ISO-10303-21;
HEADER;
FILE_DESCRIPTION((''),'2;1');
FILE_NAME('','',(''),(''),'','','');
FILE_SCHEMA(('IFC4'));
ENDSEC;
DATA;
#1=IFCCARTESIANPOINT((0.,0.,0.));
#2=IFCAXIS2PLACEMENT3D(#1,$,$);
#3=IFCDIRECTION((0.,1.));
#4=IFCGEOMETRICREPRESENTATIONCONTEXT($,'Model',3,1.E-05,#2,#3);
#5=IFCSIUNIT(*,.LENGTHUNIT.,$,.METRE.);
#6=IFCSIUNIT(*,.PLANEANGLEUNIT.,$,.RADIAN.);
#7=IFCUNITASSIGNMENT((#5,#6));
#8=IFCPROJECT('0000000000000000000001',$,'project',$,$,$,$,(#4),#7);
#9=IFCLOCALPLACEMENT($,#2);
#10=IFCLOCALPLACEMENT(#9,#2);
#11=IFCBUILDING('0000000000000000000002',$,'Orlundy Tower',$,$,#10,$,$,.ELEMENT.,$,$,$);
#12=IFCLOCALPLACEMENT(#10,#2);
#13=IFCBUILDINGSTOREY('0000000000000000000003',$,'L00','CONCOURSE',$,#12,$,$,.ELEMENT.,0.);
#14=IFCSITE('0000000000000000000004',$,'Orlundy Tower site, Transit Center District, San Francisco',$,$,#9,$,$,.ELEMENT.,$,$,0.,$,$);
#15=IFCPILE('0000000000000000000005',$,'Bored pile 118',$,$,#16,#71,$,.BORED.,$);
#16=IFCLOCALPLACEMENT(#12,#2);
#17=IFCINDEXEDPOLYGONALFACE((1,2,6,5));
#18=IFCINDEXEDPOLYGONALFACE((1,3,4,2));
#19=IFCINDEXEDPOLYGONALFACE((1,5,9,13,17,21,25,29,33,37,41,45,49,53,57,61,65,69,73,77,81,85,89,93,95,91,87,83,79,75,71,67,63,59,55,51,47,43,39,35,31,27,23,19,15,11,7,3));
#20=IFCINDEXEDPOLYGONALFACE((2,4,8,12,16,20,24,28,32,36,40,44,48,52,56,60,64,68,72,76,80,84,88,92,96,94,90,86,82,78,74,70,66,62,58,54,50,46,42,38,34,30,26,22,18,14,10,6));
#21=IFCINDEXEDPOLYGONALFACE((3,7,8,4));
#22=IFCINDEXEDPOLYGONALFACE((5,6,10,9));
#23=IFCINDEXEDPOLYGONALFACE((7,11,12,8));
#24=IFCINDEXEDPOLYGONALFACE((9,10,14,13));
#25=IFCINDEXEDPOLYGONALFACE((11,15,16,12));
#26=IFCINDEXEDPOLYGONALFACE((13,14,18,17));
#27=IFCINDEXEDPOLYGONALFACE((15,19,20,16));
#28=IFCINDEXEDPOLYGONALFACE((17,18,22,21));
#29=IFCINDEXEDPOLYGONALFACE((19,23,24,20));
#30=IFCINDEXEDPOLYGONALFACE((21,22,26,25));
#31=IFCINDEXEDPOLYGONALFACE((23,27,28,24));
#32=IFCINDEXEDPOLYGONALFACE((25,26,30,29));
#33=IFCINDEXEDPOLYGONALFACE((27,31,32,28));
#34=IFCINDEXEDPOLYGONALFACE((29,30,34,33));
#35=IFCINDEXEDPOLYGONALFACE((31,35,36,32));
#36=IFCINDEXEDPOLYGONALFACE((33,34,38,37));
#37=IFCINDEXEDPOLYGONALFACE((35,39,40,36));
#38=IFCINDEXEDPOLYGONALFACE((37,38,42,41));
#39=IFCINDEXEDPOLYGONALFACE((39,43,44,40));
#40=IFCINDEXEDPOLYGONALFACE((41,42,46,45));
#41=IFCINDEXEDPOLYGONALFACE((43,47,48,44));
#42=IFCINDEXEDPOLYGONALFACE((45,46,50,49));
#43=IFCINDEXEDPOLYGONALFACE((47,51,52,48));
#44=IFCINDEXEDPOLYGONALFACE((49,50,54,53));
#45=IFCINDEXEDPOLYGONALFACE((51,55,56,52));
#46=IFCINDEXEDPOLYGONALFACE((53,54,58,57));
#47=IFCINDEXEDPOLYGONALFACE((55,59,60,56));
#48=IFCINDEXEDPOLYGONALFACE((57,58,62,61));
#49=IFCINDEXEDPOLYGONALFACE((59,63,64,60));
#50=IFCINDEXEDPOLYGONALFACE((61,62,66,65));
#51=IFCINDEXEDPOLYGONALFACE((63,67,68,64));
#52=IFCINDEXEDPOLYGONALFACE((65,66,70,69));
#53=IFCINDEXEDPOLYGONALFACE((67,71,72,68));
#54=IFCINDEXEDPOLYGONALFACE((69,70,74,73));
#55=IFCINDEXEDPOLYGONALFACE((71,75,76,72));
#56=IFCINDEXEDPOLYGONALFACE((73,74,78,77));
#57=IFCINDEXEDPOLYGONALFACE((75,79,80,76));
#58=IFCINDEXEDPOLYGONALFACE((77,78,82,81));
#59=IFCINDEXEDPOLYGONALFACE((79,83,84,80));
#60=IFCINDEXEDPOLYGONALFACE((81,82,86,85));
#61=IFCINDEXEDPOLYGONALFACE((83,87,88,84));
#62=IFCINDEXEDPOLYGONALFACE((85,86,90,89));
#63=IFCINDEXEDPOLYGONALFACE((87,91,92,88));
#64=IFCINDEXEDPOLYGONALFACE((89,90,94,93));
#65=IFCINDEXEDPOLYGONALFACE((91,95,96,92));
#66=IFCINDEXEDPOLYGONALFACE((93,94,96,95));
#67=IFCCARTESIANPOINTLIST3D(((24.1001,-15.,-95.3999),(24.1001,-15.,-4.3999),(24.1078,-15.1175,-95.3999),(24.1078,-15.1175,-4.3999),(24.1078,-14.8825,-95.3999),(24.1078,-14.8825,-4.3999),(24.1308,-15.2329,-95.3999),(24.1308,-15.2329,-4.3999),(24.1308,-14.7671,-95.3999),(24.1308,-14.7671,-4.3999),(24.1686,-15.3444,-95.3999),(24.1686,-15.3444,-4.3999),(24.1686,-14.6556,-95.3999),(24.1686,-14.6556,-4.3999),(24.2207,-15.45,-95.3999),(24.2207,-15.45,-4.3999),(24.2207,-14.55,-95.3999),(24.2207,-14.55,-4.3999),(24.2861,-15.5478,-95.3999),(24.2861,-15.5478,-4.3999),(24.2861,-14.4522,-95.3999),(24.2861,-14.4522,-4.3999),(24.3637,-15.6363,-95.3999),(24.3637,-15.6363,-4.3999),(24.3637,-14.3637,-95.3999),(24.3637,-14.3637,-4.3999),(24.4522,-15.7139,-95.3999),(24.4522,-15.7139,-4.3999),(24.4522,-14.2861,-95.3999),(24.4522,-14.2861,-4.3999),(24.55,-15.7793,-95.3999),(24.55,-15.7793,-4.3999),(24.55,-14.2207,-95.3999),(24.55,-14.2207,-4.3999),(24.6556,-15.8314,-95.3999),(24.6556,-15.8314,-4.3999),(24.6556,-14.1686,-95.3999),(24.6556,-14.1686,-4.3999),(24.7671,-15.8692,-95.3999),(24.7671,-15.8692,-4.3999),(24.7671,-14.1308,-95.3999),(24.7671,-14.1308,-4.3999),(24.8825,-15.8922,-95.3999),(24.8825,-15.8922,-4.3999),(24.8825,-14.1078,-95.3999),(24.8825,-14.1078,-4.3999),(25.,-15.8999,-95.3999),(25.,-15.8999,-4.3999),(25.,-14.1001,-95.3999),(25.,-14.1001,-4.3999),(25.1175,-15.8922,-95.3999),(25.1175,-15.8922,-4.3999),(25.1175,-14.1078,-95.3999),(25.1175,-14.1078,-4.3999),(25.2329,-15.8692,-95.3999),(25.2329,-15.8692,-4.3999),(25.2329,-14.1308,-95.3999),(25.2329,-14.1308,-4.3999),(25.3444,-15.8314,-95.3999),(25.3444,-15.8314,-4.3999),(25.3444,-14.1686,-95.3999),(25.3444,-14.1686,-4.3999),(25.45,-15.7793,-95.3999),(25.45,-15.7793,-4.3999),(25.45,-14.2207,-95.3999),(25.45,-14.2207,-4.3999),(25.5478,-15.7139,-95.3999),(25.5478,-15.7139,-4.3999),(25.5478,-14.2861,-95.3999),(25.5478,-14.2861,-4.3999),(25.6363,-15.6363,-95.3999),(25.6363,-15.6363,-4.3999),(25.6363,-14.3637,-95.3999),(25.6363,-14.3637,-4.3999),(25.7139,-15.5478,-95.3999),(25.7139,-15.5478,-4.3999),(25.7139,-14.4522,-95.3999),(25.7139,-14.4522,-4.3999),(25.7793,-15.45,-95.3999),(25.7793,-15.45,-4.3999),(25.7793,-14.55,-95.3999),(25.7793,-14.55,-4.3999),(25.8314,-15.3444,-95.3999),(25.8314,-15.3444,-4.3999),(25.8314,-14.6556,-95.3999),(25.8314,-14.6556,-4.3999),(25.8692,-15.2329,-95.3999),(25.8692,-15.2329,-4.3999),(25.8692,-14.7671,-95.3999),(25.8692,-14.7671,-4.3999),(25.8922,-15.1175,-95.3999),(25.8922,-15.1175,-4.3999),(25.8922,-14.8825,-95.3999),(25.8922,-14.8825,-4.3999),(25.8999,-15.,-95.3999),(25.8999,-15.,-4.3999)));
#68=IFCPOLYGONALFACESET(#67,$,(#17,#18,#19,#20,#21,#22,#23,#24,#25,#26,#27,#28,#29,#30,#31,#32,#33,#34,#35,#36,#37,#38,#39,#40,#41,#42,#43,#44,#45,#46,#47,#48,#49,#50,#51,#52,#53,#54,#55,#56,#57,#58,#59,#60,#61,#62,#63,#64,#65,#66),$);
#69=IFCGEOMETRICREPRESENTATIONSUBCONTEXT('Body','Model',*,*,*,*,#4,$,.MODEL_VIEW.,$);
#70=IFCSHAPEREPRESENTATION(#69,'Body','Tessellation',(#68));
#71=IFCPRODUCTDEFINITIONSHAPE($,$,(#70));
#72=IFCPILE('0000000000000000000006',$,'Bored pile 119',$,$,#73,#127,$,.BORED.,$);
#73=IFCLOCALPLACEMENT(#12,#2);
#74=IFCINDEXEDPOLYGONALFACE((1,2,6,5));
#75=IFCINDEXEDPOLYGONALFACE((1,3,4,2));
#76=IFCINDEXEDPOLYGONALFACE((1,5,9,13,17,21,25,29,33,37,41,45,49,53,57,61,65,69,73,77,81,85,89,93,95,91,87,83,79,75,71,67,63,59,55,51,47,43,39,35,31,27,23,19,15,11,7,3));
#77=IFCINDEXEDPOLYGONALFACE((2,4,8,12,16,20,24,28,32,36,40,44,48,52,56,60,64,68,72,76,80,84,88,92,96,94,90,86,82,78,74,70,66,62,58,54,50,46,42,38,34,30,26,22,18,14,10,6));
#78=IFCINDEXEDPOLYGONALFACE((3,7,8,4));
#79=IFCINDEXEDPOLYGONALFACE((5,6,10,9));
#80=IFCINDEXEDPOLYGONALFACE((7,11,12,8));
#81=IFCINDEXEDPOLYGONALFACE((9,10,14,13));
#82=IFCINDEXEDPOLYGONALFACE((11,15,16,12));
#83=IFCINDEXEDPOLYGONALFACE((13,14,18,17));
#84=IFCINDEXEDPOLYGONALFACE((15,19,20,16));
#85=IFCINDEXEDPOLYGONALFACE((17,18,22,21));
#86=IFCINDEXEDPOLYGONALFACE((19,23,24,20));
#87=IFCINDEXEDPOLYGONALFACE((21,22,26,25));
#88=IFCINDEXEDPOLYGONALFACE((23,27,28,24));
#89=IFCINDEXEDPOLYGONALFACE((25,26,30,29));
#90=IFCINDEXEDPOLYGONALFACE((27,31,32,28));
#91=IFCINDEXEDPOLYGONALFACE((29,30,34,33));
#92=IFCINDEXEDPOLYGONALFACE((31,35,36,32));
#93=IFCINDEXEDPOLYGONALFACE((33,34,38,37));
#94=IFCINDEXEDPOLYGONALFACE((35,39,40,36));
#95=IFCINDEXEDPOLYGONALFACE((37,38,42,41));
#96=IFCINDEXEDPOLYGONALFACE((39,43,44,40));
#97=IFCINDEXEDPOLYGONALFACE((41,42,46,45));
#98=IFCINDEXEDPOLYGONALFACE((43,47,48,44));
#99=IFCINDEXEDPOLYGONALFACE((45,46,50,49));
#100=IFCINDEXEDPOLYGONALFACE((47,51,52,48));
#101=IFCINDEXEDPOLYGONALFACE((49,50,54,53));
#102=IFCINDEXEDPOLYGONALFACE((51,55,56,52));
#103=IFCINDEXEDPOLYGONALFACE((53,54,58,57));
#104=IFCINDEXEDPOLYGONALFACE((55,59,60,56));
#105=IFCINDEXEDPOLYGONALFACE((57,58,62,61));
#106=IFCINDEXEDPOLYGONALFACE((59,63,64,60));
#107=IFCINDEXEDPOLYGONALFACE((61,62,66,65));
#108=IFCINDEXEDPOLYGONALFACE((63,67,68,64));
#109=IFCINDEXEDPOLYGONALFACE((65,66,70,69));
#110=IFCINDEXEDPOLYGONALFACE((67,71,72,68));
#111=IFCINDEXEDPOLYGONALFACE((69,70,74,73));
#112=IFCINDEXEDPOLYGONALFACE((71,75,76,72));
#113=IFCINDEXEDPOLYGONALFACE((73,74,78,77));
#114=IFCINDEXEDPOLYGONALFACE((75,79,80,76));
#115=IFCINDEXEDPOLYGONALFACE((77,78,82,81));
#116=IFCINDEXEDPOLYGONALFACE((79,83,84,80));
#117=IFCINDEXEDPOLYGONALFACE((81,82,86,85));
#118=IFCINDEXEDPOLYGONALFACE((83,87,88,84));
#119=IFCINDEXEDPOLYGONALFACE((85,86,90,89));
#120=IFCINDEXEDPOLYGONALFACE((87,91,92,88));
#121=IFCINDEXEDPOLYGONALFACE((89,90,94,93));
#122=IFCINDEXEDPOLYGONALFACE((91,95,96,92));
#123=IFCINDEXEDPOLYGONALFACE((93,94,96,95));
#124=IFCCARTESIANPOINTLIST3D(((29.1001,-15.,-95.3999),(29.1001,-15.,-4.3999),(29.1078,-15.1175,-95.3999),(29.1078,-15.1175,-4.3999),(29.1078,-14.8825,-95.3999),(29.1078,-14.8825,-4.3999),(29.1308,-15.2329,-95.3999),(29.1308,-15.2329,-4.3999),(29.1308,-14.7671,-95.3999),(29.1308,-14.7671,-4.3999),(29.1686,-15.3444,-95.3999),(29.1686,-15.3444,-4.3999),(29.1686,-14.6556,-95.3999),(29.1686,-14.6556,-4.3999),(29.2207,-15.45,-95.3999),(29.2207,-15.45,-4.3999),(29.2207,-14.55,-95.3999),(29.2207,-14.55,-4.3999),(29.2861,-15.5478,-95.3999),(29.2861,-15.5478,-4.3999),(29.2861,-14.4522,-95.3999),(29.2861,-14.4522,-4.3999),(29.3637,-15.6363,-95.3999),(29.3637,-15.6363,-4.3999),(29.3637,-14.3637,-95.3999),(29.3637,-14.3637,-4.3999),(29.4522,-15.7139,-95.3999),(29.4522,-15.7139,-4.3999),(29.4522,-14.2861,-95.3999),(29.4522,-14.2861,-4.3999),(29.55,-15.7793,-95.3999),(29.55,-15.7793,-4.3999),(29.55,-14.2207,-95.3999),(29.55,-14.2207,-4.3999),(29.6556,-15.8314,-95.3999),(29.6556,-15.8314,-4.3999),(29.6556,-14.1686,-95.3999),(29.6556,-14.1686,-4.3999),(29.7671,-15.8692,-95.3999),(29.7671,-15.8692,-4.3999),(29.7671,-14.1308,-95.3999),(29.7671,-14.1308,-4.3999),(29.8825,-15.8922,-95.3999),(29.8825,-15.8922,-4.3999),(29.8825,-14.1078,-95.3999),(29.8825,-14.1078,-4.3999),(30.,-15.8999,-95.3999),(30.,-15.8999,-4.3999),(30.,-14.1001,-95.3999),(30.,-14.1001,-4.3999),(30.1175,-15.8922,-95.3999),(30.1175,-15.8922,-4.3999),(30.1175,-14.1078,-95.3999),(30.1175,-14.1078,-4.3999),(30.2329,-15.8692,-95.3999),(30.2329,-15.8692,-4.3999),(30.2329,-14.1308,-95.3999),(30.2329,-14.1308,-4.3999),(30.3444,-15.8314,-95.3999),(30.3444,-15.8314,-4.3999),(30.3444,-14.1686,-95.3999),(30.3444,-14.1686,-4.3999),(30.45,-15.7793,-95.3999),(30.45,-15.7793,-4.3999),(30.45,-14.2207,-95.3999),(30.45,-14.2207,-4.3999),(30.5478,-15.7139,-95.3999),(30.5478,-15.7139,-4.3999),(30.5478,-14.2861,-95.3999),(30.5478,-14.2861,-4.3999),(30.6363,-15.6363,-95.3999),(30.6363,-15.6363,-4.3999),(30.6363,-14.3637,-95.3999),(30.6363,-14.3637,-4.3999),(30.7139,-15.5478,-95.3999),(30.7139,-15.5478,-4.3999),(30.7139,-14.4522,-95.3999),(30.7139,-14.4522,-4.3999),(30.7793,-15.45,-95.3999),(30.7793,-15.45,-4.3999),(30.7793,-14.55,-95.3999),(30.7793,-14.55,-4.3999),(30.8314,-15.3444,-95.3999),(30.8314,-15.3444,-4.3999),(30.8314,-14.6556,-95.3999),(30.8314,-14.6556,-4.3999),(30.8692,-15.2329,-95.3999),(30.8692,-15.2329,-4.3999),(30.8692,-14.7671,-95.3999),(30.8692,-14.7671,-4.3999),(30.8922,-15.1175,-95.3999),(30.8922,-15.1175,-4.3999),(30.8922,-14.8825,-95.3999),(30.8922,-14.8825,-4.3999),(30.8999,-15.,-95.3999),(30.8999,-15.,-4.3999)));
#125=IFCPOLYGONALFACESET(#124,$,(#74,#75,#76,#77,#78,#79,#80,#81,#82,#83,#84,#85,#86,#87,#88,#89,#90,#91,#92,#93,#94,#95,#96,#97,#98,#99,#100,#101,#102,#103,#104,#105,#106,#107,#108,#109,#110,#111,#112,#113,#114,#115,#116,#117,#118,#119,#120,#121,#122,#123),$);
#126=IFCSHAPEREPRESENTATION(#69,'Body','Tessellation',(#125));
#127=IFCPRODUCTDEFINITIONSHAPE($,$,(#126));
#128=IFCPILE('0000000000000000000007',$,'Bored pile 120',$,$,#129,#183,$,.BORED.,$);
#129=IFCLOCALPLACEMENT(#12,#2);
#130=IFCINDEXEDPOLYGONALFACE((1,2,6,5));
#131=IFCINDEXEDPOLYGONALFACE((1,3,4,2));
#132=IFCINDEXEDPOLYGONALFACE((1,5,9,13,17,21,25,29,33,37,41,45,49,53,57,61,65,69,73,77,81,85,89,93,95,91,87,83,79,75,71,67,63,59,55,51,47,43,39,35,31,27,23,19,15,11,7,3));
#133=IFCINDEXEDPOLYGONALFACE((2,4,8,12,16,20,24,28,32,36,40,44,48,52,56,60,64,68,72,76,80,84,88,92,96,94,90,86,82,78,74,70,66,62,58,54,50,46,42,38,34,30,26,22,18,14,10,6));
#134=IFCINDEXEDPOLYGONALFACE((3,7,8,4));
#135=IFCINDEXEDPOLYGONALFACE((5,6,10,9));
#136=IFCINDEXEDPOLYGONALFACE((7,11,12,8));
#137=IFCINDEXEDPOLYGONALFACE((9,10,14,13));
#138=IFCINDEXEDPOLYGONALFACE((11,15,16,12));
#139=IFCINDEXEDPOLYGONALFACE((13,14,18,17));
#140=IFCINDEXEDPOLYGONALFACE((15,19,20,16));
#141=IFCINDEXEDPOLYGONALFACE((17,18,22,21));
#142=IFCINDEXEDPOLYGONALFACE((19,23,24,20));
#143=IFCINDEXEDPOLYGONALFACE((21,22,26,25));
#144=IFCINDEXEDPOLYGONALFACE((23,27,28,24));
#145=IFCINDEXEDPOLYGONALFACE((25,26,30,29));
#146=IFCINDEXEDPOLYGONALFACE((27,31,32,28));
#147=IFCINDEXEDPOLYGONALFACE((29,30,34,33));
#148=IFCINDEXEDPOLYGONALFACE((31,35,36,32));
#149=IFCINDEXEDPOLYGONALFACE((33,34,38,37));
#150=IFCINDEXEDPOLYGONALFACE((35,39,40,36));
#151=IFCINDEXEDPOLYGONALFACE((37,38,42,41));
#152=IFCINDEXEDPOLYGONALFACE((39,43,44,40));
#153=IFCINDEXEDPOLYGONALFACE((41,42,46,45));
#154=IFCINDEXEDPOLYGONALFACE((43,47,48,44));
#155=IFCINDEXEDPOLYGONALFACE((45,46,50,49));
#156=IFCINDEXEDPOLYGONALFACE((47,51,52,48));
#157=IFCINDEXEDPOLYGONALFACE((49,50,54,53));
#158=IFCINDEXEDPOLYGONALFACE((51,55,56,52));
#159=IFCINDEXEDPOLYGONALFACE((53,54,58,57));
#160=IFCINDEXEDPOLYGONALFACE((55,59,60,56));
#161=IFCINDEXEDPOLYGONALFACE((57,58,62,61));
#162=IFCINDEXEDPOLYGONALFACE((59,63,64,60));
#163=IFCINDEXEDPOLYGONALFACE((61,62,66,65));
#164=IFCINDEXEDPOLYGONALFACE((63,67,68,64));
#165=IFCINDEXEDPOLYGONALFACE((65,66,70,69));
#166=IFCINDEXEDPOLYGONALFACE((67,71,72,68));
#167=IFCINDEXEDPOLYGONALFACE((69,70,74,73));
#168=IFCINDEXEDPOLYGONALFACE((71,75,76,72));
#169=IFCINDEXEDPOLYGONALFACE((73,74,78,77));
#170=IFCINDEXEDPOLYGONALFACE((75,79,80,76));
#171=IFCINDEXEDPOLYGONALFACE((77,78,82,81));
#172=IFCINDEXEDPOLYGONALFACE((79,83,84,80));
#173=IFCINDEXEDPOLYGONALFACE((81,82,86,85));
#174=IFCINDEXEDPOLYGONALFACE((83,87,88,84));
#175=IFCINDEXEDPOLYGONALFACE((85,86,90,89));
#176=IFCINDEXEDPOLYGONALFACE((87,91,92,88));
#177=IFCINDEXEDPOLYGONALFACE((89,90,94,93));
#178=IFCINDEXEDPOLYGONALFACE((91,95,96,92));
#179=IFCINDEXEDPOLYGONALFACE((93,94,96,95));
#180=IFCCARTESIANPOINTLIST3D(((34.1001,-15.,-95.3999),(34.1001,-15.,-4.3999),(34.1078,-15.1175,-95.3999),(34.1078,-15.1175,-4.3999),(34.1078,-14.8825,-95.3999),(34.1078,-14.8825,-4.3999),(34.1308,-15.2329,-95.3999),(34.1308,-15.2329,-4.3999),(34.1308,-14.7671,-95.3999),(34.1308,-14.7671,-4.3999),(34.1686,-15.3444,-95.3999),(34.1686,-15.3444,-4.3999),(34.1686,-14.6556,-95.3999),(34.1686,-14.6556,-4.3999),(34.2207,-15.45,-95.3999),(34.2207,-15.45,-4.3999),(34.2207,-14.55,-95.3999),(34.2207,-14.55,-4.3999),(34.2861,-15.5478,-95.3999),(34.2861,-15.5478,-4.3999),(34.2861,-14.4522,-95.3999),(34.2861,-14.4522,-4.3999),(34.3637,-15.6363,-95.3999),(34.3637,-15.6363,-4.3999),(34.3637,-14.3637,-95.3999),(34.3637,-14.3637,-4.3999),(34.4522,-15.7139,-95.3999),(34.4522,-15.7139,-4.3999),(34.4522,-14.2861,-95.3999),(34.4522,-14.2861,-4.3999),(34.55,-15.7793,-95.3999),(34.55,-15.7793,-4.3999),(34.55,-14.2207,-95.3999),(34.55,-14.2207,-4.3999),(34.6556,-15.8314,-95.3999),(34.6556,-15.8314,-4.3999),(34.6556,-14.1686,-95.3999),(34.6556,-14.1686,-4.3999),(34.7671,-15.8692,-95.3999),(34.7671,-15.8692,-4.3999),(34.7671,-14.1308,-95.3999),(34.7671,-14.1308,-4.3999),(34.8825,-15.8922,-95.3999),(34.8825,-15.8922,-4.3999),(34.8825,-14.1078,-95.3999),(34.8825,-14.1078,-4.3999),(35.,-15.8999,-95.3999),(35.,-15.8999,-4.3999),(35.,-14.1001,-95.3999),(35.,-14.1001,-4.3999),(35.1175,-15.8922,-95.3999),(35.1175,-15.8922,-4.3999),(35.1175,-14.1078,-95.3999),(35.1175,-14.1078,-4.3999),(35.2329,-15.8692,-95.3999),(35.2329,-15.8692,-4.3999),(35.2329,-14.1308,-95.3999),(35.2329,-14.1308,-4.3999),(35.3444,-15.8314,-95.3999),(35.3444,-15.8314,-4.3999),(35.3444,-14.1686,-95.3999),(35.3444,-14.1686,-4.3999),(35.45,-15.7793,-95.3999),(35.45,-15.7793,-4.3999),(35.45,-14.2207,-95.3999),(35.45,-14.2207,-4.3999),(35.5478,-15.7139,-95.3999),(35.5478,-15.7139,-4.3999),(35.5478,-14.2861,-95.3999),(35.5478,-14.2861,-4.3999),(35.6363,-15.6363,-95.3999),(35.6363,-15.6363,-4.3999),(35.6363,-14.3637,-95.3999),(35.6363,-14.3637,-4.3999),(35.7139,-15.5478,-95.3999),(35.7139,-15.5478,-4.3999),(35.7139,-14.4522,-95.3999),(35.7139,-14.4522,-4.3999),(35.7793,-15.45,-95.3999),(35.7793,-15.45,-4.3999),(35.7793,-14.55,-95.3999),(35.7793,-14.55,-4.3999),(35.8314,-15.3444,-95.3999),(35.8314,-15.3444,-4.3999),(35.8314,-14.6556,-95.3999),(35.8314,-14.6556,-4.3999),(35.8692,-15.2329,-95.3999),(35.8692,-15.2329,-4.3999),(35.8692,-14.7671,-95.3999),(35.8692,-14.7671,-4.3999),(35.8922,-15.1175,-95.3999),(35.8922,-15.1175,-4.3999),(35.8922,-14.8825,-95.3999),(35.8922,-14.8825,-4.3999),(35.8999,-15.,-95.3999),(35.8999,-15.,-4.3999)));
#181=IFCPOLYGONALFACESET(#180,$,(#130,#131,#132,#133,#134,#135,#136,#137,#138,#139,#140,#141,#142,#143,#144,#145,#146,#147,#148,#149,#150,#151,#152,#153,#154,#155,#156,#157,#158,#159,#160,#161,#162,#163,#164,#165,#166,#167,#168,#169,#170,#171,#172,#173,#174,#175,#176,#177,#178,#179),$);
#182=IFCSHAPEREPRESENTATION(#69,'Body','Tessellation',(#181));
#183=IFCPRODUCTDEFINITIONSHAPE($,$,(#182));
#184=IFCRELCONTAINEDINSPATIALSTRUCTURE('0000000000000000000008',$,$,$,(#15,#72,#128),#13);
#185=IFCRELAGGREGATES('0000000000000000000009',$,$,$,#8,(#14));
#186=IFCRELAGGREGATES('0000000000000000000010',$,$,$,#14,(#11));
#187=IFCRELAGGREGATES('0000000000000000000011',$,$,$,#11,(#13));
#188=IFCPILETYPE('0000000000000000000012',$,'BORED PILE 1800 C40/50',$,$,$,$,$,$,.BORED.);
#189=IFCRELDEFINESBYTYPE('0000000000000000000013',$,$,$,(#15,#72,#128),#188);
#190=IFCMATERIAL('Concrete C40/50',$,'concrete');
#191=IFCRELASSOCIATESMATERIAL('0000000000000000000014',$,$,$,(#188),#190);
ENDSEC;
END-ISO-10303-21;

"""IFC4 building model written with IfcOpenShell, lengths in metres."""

from ifc_helpers import new_model, si_unit, direction, frame, origin, origin_2d, place, context, subcontext, project, spatial, circle, extrude, material, material_profile, profile_set, type_object, element, save


model = new_model("IFC4")

# Units and contexts
model_context = context("Model", 3, precision=1e-05, world=origin(), true_north=direction((0.0, 1.0)))
body_context = subcontext(model_context, "Body", "Model", "MODEL_VIEW")
ifc_project = project(units=[si_unit("LENGTHUNIT", "METRE"), si_unit("PLANEANGLEUNIT", "RADIAN")], contexts=[model_context])

# Site, building, storey
site_placement = place(None, origin())
site = spatial("IfcSite", under=ifc_project, at=site_placement, Name="Orlundy Tower site, Transit Center District, San Francisco", CompositionType="ELEMENT", RefElevation=0.0)
building_placement = place(site_placement, origin())
building = spatial("IfcBuilding", under=site, at=building_placement, Name="Orlundy Tower", CompositionType="ELEMENT")
storey_placement = place(building_placement, origin())
storey = spatial("IfcBuildingStorey", under=building, at=storey_placement, Name="L00", Description="CONCOURSE", CompositionType="ELEMENT", Elevation=0.0)

# Piles
ifc_material_1 = material(Name="Concrete C40/50", Category="concrete")
ifc_material_profile_1 = material_profile(ifc_material_1, circle(Radius=0.8999, at=origin_2d()), Name="BP1800")
ifc_profile_set_1 = profile_set([ifc_material_profile_1], Name="Concrete C40/50")
pile_type = type_object("IfcPileType", Name="BORED PILE 1800 C40/50", PredefinedType="BORED", material=ifc_profile_set_1)
for number, where, z_axis, x_axis, name in (
    (1, (25.0, -15.0, -4.3999), (0.0, 0.0, -1.0), (1.0, 0.0, 0.0), "Bored pile 118"),
    (2, (30.0, -15.0, -4.3999), (0.0, 0.0, -1.0), (1.0, 0.0, 0.0), "Bored pile 119"),
    (3, (35.0, -15.0, -4.3999), (0.0, 0.0, -1.0), (1.0, 0.0, 0.0), "Bored pile 120"),
):
    element("IfcPile", number, at=place(storey_placement, frame(where, z_axis=z_axis, x_axis=x_axis)), inside=storey, type_object=pile_type, Name=name, PredefinedType="BORED", context=body_context, shape_type="SweptSolid", body=[
        extrude(circle(Radius=0.8999, at=origin_2d()), origin(), (0.0, 0.0, 1.0), 91.0),
    ])

save(model, "model.ifc")
